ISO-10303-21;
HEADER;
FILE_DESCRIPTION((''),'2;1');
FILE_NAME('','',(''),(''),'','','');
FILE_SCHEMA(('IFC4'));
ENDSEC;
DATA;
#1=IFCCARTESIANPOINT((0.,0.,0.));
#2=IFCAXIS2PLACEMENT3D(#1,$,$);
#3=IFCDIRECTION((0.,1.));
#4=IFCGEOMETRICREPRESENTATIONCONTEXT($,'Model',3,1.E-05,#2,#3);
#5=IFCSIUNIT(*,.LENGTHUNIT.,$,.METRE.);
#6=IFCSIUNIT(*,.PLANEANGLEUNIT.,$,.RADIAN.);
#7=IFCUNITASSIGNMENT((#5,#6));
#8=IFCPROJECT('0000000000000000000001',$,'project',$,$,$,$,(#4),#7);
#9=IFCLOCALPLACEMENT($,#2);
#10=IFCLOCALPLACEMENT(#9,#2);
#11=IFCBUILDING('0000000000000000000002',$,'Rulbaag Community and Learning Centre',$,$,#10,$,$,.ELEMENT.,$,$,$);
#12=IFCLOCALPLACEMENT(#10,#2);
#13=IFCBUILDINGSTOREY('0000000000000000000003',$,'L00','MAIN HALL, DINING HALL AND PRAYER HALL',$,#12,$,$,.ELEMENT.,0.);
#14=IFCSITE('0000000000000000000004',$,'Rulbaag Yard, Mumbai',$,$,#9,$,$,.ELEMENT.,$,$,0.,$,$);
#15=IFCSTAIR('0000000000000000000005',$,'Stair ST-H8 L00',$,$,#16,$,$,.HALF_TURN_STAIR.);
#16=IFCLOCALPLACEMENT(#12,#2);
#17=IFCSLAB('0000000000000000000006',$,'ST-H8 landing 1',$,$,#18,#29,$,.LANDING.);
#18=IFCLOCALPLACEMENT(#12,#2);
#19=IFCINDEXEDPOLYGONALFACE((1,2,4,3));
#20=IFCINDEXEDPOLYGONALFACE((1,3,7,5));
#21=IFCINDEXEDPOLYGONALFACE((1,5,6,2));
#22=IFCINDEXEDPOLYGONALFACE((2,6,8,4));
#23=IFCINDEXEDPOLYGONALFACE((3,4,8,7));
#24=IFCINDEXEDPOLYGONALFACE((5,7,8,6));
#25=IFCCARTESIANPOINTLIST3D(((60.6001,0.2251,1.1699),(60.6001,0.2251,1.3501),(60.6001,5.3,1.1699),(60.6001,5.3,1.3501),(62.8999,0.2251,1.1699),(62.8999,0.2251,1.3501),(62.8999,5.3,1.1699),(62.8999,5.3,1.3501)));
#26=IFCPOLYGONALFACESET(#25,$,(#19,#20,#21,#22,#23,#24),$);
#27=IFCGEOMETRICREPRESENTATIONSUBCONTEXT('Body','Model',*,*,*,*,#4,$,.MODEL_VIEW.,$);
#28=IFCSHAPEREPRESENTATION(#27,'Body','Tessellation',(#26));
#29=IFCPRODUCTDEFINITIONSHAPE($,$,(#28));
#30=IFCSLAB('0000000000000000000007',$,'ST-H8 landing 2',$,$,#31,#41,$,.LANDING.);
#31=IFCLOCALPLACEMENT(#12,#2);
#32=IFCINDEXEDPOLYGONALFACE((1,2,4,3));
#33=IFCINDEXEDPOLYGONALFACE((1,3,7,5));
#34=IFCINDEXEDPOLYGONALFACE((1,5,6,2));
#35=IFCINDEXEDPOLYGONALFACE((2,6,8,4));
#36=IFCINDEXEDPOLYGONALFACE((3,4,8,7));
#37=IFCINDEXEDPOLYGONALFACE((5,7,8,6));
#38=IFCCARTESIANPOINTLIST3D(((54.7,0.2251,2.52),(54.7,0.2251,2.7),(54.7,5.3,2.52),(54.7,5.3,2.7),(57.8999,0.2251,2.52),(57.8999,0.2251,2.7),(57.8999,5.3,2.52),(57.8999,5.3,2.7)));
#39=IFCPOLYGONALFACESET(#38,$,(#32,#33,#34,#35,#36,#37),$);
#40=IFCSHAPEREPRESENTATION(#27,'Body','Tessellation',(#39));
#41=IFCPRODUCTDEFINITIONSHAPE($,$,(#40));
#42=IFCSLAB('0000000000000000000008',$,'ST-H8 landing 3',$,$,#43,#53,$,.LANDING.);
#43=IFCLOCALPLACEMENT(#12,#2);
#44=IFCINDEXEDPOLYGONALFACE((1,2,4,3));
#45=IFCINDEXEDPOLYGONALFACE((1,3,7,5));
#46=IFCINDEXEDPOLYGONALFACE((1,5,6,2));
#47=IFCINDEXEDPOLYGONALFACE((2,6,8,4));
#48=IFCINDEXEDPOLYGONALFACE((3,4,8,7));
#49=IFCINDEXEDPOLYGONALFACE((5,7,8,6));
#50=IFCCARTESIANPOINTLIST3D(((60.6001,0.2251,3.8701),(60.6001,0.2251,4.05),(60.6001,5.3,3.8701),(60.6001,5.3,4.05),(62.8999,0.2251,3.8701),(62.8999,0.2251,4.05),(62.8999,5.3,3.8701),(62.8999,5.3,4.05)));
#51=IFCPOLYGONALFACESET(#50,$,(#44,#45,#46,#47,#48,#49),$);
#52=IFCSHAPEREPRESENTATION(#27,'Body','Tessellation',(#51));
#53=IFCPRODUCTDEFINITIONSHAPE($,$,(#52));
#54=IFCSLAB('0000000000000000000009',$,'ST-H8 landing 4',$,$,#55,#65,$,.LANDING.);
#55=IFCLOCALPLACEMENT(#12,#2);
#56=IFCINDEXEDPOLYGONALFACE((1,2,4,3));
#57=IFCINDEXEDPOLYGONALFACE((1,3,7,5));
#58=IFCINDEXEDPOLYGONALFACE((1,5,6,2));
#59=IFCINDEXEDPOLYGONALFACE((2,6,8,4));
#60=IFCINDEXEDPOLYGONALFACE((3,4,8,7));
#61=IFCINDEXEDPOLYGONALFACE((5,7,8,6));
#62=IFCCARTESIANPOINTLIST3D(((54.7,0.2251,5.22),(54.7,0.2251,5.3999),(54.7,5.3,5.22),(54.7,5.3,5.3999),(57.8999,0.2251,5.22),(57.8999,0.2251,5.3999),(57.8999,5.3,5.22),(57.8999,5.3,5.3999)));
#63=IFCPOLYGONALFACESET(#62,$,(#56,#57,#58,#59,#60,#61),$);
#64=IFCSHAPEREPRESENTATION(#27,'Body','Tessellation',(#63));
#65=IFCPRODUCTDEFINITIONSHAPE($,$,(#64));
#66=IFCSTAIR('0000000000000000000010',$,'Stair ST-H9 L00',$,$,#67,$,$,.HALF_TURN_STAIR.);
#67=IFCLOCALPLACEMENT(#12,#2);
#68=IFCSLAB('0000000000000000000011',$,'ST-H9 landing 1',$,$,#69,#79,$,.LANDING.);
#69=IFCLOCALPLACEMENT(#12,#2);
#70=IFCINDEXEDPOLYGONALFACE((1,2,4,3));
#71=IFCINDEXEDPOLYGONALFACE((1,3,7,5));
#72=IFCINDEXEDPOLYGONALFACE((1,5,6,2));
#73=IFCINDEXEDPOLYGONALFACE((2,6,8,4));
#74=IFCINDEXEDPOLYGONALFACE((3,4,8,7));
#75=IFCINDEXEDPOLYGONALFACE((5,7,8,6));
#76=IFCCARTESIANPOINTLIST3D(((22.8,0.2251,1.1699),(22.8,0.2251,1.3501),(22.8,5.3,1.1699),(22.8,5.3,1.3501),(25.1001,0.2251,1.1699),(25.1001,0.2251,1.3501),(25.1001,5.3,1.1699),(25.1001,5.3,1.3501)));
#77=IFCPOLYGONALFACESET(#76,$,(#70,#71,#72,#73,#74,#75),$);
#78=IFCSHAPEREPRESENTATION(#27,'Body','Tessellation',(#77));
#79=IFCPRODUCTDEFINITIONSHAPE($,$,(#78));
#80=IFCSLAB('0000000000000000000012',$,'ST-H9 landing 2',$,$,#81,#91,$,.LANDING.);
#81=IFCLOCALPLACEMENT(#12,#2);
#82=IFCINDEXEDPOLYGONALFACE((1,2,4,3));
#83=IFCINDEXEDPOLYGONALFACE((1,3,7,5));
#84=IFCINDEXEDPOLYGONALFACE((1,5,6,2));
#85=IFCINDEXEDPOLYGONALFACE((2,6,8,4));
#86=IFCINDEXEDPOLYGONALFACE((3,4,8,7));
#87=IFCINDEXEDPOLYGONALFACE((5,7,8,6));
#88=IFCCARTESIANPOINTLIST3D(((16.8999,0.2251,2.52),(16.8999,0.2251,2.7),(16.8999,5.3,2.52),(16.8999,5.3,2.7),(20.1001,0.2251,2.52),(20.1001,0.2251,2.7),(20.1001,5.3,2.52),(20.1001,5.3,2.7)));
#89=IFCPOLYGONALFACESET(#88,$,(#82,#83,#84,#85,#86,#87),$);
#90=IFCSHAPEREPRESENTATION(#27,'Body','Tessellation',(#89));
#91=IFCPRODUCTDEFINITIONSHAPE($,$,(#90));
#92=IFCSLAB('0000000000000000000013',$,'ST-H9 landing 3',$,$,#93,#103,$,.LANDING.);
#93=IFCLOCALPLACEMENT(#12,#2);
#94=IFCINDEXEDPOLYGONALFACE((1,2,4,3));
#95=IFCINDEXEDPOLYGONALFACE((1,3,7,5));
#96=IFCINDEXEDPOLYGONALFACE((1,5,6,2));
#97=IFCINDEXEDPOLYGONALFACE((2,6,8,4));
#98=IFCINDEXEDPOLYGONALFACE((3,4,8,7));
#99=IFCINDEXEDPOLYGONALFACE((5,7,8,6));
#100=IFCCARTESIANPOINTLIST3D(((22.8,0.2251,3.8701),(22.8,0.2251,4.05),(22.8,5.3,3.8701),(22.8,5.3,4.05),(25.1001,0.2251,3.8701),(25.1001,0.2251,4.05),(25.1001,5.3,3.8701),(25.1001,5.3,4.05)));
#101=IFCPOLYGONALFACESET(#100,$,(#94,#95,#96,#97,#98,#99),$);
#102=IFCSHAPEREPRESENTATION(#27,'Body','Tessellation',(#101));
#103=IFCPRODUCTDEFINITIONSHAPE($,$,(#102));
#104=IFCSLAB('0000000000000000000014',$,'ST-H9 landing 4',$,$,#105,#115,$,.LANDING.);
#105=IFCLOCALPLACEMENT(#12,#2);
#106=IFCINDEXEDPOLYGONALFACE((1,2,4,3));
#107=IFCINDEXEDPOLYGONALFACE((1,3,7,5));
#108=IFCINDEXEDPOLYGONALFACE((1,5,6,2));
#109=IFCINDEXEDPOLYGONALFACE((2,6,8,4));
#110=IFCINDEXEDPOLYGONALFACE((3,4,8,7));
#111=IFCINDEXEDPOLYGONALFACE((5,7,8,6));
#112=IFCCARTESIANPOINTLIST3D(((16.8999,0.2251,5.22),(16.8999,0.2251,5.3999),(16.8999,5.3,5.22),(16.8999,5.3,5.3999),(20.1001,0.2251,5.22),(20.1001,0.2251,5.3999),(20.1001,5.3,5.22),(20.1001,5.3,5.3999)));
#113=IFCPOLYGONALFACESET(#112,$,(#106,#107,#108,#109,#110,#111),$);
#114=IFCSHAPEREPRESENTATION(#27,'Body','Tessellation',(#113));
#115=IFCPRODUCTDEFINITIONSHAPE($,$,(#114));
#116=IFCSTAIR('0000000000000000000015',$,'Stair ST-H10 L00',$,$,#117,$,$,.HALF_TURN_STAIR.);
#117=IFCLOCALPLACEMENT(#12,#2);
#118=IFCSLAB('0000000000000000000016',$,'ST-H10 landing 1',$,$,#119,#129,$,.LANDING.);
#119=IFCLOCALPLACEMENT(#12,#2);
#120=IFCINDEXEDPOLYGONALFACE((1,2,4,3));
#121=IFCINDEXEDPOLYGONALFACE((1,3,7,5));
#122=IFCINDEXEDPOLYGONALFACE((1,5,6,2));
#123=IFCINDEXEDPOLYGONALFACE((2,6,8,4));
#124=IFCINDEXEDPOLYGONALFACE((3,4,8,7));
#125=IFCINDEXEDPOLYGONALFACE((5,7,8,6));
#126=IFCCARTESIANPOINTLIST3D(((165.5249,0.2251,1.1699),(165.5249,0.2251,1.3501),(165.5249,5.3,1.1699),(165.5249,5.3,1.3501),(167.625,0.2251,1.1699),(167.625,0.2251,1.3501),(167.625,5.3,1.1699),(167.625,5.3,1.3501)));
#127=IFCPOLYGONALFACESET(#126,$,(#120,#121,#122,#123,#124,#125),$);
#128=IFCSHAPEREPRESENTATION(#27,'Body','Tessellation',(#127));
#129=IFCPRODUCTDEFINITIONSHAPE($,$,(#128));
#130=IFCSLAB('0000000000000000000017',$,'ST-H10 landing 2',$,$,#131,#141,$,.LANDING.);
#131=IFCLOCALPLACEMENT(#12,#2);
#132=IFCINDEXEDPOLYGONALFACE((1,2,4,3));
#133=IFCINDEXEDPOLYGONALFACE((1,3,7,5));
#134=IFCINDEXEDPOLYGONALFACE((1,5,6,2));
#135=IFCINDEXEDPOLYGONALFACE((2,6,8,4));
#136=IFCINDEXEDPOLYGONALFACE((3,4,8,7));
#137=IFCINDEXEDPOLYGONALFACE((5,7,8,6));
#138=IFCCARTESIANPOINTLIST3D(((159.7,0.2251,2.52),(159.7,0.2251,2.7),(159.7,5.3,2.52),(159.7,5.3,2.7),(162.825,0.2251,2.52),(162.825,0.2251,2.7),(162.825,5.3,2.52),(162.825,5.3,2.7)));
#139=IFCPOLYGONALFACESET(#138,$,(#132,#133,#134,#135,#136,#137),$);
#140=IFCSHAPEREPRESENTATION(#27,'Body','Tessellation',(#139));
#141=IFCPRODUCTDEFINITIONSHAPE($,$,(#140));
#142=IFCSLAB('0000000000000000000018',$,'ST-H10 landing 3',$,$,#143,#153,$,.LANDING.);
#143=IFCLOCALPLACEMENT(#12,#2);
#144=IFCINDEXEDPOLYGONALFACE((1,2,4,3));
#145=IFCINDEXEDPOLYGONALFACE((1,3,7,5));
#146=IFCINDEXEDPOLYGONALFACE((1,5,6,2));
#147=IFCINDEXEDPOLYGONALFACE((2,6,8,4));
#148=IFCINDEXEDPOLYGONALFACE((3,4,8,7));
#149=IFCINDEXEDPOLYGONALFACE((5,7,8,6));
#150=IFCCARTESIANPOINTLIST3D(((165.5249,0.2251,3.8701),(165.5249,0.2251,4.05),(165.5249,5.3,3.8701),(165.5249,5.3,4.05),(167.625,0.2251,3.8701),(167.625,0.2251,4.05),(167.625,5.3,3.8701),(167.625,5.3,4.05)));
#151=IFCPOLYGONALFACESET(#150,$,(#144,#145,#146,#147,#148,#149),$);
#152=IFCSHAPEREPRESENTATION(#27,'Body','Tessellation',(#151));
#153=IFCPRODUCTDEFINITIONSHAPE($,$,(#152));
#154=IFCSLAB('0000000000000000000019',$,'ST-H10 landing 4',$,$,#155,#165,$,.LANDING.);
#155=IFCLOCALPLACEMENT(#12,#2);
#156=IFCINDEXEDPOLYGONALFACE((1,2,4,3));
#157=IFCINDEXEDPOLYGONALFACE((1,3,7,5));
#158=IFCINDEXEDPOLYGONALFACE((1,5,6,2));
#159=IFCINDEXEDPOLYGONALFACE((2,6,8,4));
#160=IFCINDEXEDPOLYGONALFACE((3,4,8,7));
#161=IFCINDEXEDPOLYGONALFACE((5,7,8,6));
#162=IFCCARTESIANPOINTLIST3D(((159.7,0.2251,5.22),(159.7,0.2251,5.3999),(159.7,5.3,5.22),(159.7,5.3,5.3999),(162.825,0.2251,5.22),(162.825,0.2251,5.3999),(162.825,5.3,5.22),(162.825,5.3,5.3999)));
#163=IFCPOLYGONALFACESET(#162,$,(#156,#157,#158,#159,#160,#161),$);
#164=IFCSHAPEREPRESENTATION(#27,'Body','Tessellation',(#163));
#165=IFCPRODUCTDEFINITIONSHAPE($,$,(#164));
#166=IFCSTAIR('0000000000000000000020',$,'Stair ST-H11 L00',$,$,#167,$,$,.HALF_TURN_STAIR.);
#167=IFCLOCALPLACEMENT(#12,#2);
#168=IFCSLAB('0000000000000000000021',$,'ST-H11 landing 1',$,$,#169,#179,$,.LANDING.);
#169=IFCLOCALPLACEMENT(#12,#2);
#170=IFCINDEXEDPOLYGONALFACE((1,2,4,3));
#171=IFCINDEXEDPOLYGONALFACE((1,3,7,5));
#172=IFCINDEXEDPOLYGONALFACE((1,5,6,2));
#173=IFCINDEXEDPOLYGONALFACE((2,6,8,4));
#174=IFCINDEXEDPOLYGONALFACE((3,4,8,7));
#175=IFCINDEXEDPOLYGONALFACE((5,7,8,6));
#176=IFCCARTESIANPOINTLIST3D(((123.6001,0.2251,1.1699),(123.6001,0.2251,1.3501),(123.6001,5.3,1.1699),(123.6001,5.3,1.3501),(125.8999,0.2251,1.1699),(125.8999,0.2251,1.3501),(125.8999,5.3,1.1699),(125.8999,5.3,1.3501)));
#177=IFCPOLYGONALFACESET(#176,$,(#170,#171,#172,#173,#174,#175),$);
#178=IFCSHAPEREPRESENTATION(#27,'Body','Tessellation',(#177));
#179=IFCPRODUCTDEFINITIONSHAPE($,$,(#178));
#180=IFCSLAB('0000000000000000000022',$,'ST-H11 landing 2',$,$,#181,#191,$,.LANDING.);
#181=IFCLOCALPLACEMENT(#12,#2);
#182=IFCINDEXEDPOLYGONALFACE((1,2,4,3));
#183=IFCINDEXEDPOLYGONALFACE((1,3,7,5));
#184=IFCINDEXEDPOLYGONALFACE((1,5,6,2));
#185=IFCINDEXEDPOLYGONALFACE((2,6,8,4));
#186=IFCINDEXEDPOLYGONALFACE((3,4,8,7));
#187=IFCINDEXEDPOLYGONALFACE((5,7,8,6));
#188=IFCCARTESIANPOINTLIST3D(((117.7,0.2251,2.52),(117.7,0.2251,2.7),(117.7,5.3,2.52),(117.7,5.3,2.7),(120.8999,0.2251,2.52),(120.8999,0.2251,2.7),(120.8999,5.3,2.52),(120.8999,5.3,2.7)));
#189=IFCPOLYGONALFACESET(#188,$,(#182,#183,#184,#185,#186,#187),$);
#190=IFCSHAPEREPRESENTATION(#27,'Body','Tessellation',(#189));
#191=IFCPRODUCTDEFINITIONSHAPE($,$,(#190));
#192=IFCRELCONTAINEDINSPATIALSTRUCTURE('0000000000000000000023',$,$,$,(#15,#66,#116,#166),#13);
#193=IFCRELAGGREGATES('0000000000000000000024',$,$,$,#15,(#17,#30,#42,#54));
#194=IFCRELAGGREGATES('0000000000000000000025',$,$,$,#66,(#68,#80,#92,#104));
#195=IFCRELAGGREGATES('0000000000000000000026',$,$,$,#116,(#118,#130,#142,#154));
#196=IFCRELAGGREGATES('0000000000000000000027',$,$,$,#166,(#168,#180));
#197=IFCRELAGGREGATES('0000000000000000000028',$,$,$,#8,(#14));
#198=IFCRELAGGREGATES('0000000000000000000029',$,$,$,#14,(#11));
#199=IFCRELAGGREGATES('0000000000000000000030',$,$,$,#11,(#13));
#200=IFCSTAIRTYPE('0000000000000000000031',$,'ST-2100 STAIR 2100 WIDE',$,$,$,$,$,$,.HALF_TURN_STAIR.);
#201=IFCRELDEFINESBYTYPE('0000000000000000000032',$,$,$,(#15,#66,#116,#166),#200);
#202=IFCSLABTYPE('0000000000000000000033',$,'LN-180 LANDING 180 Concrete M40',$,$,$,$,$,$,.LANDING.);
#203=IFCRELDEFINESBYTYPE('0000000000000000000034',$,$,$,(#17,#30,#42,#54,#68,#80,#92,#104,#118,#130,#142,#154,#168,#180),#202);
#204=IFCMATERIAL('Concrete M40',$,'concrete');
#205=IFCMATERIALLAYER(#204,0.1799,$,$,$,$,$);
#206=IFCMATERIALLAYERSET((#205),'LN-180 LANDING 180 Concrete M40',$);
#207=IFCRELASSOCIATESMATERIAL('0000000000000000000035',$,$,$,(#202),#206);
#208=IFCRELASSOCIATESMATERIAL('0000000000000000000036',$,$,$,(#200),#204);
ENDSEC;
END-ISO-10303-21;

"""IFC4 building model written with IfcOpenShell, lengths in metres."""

from ifc_helpers import new_model, si_unit, direction, frame, origin, place, context, subcontext, project, spatial, polyline, outline, extrude, material, layer, layer_set, type_object, element, aggregate, save


model = new_model("IFC4")

# Units and contexts
model_context = context("Model", 3, precision=1e-05, world=origin(), true_north=direction((0.0, 1.0)))
body_context = subcontext(model_context, "Body", "Model", "MODEL_VIEW")
ifc_project = project(units=[si_unit("LENGTHUNIT", "METRE"), si_unit("PLANEANGLEUNIT", "RADIAN")], contexts=[model_context])

# Site, building, storey
site_placement = place(None, origin())
site = spatial("IfcSite", under=ifc_project, at=site_placement, Name="Rulbaag Yard, Mumbai", CompositionType="ELEMENT", RefElevation=0.0)
building_placement = place(site_placement, origin())
building = spatial("IfcBuilding", under=site, at=building_placement, Name="Rulbaag Community and Learning Centre", CompositionType="ELEMENT")
storey_placement = place(building_placement, origin())
storey = spatial("IfcBuildingStorey", under=building, at=storey_placement, Name="L00", Description="MAIN HALL, DINING HALL AND PRAYER HALL", CompositionType="ELEMENT", Elevation=0.0)

# Stairs, slabs
ifc_material = material(Name="Concrete M40", Category="concrete")
ifc_layer = layer(ifc_material, 0.1799)
ifc_layer_set = layer_set([ifc_layer], Name="LN-180 LANDING 180 Concrete M40")
slab_type = type_object("IfcSlabType", Name="LN-180 LANDING 180 Concrete M40", PredefinedType="LANDING", material=ifc_layer_set)
stair_type_1 = type_object("IfcStairType", Name="ST-2100 STAIR 2100 WIDE", PredefinedType="HALF_TURN_STAIR", material=ifc_material)
stair_1_placement = place(storey_placement, origin())
stair_1 = element("IfcStair", 1, at=stair_1_placement, inside=storey, type_object=stair_type_1, Name="Stair ST-H8 L00", PredefinedType="HALF_TURN_STAIR")
slab_1_placement = place(storey_placement, frame((0.0, 0.0, 1.1699)))
slab_1 = element("IfcSlab", 2, at=slab_1_placement, type_object=slab_type, Name="ST-H8 landing 1", PredefinedType="LANDING", context=body_context, shape_type="SweptSolid", body=[
    extrude(outline(polyline([(60.6001, 0.2251), (62.8999, 0.2251), (62.8999, 5.3), (60.6001, 5.3), (60.6001, 0.2251)])), origin(), (0.0, 0.0, 1.0), 0.1802),
])
slab_2_placement = place(storey_placement, frame((0.0, 0.0, 2.52)))
slab_2 = element("IfcSlab", 3, at=slab_2_placement, type_object=slab_type, Name="ST-H8 landing 2", PredefinedType="LANDING", context=body_context, shape_type="SweptSolid", body=[
    extrude(outline(polyline([(54.7, 0.2251), (57.8999, 0.2251), (57.8999, 5.3), (54.7, 5.3), (54.7, 0.2251)])), origin(), (0.0, 0.0, 1.0), 0.1799),
])
slab_3_placement = place(storey_placement, frame((0.0, 0.0, 3.8701)))
slab_3 = element("IfcSlab", 4, at=slab_3_placement, type_object=slab_type, Name="ST-H8 landing 3", PredefinedType="LANDING", context=body_context, shape_type="SweptSolid", body=[
    extrude(outline(polyline([(60.6001, 0.2251), (62.8999, 0.2251), (62.8999, 5.3), (60.6001, 5.3), (60.6001, 0.2251)])), origin(), (0.0, 0.0, 1.0), 0.1799),
])
slab_4_placement = place(storey_placement, frame((0.0, 0.0, 5.22)))
slab_4 = element("IfcSlab", 5, at=slab_4_placement, type_object=slab_type, Name="ST-H8 landing 4", PredefinedType="LANDING", context=body_context, shape_type="SweptSolid", body=[
    extrude(outline(polyline([(54.7, 0.2251), (57.8999, 0.2251), (57.8999, 5.3), (54.7, 5.3), (54.7, 0.2251)])), origin(), (0.0, 0.0, 1.0), 0.1799),
])
aggregate(stair_1, [slab_1, slab_2, slab_3, slab_4])
stair_2_placement = place(storey_placement, origin())
stair_2 = element("IfcStair", 6, at=stair_2_placement, inside=storey, type_object=stair_type_1, Name="Stair ST-H9 L00", PredefinedType="HALF_TURN_STAIR")
slab_5_placement = place(storey_placement, frame((0.0, 0.0, 1.1699)))
slab_5 = element("IfcSlab", 7, at=slab_5_placement, type_object=slab_type, Name="ST-H9 landing 1", PredefinedType="LANDING", context=body_context, shape_type="SweptSolid", body=[
    extrude(outline(polyline([(22.8, 0.2251), (25.1001, 0.2251), (25.1001, 5.3), (22.8, 5.3), (22.8, 0.2251)])), origin(), (0.0, 0.0, 1.0), 0.1802),
])
slab_6_placement = place(storey_placement, frame((0.0, 0.0, 2.52)))
slab_6 = element("IfcSlab", 8, at=slab_6_placement, type_object=slab_type, Name="ST-H9 landing 2", PredefinedType="LANDING", context=body_context, shape_type="SweptSolid", body=[
    extrude(outline(polyline([(16.8999, 0.2251), (20.1001, 0.2251), (20.1001, 5.3), (16.8999, 5.3), (16.8999, 0.2251)])), origin(), (0.0, 0.0, 1.0), 0.1799),
])
slab_7_placement = place(storey_placement, frame((0.0, 0.0, 3.8701)))
slab_7 = element("IfcSlab", 9, at=slab_7_placement, type_object=slab_type, Name="ST-H9 landing 3", PredefinedType="LANDING", context=body_context, shape_type="SweptSolid", body=[
    extrude(outline(polyline([(22.8, 0.2251), (25.1001, 0.2251), (25.1001, 5.3), (22.8, 5.3), (22.8, 0.2251)])), origin(), (0.0, 0.0, 1.0), 0.1799),
])
slab_8_placement = place(storey_placement, frame((0.0, 0.0, 5.22)))
slab_8 = element("IfcSlab", 10, at=slab_8_placement, type_object=slab_type, Name="ST-H9 landing 4", PredefinedType="LANDING", context=body_context, shape_type="SweptSolid", body=[
    extrude(outline(polyline([(16.8999, 0.2251), (20.1001, 0.2251), (20.1001, 5.3), (16.8999, 5.3), (16.8999, 0.2251)])), origin(), (0.0, 0.0, 1.0), 0.1799),
])
aggregate(stair_2, [slab_5, slab_6, slab_7, slab_8])
stair_3_placement = place(storey_placement, origin())
stair_3 = element("IfcStair", 11, at=stair_3_placement, inside=storey, type_object=stair_type_1, Name="Stair ST-H10 L00", PredefinedType="HALF_TURN_STAIR")
slab_9_placement = place(storey_placement, frame((0.0, 0.0, 1.1699)))
slab_9 = element("IfcSlab", 12, at=slab_9_placement, type_object=slab_type, Name="ST-H10 landing 1", PredefinedType="LANDING", context=body_context, shape_type="SweptSolid", body=[
    extrude(outline(polyline([(165.5249, 0.2251), (167.625, 0.2251), (167.625, 5.3), (165.5249, 5.3), (165.5249, 0.2251)])), origin(), (0.0, 0.0, 1.0), 0.1802),
])
slab_10_placement = place(storey_placement, frame((0.0, 0.0, 2.52)))
slab_10 = element("IfcSlab", 13, at=slab_10_placement, type_object=slab_type, Name="ST-H10 landing 2", PredefinedType="LANDING", context=body_context, shape_type="SweptSolid", body=[
    extrude(outline(polyline([(159.7, 0.2251), (162.825, 0.2251), (162.825, 5.3), (159.7, 5.3), (159.7, 0.2251)])), origin(), (0.0, 0.0, 1.0), 0.1799),
])
slab_11_placement = place(storey_placement, frame((0.0, 0.0, 3.8701)))
slab_11 = element("IfcSlab", 14, at=slab_11_placement, type_object=slab_type, Name="ST-H10 landing 3", PredefinedType="LANDING", context=body_context, shape_type="SweptSolid", body=[
    extrude(outline(polyline([(165.5249, 0.2251), (167.625, 0.2251), (167.625, 5.3), (165.5249, 5.3), (165.5249, 0.2251)])), origin(), (0.0, 0.0, 1.0), 0.1799),
])
slab_12_placement = place(storey_placement, frame((0.0, 0.0, 5.22)))
slab_12 = element("IfcSlab", 15, at=slab_12_placement, type_object=slab_type, Name="ST-H10 landing 4", PredefinedType="LANDING", context=body_context, shape_type="SweptSolid", body=[
    extrude(outline(polyline([(159.7, 0.2251), (162.825, 0.2251), (162.825, 5.3), (159.7, 5.3), (159.7, 0.2251)])), origin(), (0.0, 0.0, 1.0), 0.1799),
])
aggregate(stair_3, [slab_9, slab_10, slab_11, slab_12])
stair_4_placement = place(storey_placement, origin())
stair_4 = element("IfcStair", 16, at=stair_4_placement, inside=storey, type_object=stair_type_1, Name="Stair ST-H11 L00", PredefinedType="HALF_TURN_STAIR")
slab_13_placement = place(storey_placement, frame((0.0, 0.0, 1.1699)))
slab_13 = element("IfcSlab", 17, at=slab_13_placement, type_object=slab_type, Name="ST-H11 landing 1", PredefinedType="LANDING", context=body_context, shape_type="SweptSolid", body=[
    extrude(outline(polyline([(123.6001, 0.2251), (125.8999, 0.2251), (125.8999, 5.3), (123.6001, 5.3), (123.6001, 0.2251)])), origin(), (0.0, 0.0, 1.0), 0.1802),
])
slab_14_placement = place(storey_placement, frame((0.0, 0.0, 2.52)))
slab_14 = element("IfcSlab", 18, at=slab_14_placement, type_object=slab_type, Name="ST-H11 landing 2", PredefinedType="LANDING", context=body_context, shape_type="SweptSolid", body=[
    extrude(outline(polyline([(117.7, 0.2251), (120.8999, 0.2251), (120.8999, 5.3), (117.7, 5.3), (117.7, 0.2251)])), origin(), (0.0, 0.0, 1.0), 0.1799),
])
aggregate(stair_4, [slab_13, slab_14])

save(model, "model.ifc")
